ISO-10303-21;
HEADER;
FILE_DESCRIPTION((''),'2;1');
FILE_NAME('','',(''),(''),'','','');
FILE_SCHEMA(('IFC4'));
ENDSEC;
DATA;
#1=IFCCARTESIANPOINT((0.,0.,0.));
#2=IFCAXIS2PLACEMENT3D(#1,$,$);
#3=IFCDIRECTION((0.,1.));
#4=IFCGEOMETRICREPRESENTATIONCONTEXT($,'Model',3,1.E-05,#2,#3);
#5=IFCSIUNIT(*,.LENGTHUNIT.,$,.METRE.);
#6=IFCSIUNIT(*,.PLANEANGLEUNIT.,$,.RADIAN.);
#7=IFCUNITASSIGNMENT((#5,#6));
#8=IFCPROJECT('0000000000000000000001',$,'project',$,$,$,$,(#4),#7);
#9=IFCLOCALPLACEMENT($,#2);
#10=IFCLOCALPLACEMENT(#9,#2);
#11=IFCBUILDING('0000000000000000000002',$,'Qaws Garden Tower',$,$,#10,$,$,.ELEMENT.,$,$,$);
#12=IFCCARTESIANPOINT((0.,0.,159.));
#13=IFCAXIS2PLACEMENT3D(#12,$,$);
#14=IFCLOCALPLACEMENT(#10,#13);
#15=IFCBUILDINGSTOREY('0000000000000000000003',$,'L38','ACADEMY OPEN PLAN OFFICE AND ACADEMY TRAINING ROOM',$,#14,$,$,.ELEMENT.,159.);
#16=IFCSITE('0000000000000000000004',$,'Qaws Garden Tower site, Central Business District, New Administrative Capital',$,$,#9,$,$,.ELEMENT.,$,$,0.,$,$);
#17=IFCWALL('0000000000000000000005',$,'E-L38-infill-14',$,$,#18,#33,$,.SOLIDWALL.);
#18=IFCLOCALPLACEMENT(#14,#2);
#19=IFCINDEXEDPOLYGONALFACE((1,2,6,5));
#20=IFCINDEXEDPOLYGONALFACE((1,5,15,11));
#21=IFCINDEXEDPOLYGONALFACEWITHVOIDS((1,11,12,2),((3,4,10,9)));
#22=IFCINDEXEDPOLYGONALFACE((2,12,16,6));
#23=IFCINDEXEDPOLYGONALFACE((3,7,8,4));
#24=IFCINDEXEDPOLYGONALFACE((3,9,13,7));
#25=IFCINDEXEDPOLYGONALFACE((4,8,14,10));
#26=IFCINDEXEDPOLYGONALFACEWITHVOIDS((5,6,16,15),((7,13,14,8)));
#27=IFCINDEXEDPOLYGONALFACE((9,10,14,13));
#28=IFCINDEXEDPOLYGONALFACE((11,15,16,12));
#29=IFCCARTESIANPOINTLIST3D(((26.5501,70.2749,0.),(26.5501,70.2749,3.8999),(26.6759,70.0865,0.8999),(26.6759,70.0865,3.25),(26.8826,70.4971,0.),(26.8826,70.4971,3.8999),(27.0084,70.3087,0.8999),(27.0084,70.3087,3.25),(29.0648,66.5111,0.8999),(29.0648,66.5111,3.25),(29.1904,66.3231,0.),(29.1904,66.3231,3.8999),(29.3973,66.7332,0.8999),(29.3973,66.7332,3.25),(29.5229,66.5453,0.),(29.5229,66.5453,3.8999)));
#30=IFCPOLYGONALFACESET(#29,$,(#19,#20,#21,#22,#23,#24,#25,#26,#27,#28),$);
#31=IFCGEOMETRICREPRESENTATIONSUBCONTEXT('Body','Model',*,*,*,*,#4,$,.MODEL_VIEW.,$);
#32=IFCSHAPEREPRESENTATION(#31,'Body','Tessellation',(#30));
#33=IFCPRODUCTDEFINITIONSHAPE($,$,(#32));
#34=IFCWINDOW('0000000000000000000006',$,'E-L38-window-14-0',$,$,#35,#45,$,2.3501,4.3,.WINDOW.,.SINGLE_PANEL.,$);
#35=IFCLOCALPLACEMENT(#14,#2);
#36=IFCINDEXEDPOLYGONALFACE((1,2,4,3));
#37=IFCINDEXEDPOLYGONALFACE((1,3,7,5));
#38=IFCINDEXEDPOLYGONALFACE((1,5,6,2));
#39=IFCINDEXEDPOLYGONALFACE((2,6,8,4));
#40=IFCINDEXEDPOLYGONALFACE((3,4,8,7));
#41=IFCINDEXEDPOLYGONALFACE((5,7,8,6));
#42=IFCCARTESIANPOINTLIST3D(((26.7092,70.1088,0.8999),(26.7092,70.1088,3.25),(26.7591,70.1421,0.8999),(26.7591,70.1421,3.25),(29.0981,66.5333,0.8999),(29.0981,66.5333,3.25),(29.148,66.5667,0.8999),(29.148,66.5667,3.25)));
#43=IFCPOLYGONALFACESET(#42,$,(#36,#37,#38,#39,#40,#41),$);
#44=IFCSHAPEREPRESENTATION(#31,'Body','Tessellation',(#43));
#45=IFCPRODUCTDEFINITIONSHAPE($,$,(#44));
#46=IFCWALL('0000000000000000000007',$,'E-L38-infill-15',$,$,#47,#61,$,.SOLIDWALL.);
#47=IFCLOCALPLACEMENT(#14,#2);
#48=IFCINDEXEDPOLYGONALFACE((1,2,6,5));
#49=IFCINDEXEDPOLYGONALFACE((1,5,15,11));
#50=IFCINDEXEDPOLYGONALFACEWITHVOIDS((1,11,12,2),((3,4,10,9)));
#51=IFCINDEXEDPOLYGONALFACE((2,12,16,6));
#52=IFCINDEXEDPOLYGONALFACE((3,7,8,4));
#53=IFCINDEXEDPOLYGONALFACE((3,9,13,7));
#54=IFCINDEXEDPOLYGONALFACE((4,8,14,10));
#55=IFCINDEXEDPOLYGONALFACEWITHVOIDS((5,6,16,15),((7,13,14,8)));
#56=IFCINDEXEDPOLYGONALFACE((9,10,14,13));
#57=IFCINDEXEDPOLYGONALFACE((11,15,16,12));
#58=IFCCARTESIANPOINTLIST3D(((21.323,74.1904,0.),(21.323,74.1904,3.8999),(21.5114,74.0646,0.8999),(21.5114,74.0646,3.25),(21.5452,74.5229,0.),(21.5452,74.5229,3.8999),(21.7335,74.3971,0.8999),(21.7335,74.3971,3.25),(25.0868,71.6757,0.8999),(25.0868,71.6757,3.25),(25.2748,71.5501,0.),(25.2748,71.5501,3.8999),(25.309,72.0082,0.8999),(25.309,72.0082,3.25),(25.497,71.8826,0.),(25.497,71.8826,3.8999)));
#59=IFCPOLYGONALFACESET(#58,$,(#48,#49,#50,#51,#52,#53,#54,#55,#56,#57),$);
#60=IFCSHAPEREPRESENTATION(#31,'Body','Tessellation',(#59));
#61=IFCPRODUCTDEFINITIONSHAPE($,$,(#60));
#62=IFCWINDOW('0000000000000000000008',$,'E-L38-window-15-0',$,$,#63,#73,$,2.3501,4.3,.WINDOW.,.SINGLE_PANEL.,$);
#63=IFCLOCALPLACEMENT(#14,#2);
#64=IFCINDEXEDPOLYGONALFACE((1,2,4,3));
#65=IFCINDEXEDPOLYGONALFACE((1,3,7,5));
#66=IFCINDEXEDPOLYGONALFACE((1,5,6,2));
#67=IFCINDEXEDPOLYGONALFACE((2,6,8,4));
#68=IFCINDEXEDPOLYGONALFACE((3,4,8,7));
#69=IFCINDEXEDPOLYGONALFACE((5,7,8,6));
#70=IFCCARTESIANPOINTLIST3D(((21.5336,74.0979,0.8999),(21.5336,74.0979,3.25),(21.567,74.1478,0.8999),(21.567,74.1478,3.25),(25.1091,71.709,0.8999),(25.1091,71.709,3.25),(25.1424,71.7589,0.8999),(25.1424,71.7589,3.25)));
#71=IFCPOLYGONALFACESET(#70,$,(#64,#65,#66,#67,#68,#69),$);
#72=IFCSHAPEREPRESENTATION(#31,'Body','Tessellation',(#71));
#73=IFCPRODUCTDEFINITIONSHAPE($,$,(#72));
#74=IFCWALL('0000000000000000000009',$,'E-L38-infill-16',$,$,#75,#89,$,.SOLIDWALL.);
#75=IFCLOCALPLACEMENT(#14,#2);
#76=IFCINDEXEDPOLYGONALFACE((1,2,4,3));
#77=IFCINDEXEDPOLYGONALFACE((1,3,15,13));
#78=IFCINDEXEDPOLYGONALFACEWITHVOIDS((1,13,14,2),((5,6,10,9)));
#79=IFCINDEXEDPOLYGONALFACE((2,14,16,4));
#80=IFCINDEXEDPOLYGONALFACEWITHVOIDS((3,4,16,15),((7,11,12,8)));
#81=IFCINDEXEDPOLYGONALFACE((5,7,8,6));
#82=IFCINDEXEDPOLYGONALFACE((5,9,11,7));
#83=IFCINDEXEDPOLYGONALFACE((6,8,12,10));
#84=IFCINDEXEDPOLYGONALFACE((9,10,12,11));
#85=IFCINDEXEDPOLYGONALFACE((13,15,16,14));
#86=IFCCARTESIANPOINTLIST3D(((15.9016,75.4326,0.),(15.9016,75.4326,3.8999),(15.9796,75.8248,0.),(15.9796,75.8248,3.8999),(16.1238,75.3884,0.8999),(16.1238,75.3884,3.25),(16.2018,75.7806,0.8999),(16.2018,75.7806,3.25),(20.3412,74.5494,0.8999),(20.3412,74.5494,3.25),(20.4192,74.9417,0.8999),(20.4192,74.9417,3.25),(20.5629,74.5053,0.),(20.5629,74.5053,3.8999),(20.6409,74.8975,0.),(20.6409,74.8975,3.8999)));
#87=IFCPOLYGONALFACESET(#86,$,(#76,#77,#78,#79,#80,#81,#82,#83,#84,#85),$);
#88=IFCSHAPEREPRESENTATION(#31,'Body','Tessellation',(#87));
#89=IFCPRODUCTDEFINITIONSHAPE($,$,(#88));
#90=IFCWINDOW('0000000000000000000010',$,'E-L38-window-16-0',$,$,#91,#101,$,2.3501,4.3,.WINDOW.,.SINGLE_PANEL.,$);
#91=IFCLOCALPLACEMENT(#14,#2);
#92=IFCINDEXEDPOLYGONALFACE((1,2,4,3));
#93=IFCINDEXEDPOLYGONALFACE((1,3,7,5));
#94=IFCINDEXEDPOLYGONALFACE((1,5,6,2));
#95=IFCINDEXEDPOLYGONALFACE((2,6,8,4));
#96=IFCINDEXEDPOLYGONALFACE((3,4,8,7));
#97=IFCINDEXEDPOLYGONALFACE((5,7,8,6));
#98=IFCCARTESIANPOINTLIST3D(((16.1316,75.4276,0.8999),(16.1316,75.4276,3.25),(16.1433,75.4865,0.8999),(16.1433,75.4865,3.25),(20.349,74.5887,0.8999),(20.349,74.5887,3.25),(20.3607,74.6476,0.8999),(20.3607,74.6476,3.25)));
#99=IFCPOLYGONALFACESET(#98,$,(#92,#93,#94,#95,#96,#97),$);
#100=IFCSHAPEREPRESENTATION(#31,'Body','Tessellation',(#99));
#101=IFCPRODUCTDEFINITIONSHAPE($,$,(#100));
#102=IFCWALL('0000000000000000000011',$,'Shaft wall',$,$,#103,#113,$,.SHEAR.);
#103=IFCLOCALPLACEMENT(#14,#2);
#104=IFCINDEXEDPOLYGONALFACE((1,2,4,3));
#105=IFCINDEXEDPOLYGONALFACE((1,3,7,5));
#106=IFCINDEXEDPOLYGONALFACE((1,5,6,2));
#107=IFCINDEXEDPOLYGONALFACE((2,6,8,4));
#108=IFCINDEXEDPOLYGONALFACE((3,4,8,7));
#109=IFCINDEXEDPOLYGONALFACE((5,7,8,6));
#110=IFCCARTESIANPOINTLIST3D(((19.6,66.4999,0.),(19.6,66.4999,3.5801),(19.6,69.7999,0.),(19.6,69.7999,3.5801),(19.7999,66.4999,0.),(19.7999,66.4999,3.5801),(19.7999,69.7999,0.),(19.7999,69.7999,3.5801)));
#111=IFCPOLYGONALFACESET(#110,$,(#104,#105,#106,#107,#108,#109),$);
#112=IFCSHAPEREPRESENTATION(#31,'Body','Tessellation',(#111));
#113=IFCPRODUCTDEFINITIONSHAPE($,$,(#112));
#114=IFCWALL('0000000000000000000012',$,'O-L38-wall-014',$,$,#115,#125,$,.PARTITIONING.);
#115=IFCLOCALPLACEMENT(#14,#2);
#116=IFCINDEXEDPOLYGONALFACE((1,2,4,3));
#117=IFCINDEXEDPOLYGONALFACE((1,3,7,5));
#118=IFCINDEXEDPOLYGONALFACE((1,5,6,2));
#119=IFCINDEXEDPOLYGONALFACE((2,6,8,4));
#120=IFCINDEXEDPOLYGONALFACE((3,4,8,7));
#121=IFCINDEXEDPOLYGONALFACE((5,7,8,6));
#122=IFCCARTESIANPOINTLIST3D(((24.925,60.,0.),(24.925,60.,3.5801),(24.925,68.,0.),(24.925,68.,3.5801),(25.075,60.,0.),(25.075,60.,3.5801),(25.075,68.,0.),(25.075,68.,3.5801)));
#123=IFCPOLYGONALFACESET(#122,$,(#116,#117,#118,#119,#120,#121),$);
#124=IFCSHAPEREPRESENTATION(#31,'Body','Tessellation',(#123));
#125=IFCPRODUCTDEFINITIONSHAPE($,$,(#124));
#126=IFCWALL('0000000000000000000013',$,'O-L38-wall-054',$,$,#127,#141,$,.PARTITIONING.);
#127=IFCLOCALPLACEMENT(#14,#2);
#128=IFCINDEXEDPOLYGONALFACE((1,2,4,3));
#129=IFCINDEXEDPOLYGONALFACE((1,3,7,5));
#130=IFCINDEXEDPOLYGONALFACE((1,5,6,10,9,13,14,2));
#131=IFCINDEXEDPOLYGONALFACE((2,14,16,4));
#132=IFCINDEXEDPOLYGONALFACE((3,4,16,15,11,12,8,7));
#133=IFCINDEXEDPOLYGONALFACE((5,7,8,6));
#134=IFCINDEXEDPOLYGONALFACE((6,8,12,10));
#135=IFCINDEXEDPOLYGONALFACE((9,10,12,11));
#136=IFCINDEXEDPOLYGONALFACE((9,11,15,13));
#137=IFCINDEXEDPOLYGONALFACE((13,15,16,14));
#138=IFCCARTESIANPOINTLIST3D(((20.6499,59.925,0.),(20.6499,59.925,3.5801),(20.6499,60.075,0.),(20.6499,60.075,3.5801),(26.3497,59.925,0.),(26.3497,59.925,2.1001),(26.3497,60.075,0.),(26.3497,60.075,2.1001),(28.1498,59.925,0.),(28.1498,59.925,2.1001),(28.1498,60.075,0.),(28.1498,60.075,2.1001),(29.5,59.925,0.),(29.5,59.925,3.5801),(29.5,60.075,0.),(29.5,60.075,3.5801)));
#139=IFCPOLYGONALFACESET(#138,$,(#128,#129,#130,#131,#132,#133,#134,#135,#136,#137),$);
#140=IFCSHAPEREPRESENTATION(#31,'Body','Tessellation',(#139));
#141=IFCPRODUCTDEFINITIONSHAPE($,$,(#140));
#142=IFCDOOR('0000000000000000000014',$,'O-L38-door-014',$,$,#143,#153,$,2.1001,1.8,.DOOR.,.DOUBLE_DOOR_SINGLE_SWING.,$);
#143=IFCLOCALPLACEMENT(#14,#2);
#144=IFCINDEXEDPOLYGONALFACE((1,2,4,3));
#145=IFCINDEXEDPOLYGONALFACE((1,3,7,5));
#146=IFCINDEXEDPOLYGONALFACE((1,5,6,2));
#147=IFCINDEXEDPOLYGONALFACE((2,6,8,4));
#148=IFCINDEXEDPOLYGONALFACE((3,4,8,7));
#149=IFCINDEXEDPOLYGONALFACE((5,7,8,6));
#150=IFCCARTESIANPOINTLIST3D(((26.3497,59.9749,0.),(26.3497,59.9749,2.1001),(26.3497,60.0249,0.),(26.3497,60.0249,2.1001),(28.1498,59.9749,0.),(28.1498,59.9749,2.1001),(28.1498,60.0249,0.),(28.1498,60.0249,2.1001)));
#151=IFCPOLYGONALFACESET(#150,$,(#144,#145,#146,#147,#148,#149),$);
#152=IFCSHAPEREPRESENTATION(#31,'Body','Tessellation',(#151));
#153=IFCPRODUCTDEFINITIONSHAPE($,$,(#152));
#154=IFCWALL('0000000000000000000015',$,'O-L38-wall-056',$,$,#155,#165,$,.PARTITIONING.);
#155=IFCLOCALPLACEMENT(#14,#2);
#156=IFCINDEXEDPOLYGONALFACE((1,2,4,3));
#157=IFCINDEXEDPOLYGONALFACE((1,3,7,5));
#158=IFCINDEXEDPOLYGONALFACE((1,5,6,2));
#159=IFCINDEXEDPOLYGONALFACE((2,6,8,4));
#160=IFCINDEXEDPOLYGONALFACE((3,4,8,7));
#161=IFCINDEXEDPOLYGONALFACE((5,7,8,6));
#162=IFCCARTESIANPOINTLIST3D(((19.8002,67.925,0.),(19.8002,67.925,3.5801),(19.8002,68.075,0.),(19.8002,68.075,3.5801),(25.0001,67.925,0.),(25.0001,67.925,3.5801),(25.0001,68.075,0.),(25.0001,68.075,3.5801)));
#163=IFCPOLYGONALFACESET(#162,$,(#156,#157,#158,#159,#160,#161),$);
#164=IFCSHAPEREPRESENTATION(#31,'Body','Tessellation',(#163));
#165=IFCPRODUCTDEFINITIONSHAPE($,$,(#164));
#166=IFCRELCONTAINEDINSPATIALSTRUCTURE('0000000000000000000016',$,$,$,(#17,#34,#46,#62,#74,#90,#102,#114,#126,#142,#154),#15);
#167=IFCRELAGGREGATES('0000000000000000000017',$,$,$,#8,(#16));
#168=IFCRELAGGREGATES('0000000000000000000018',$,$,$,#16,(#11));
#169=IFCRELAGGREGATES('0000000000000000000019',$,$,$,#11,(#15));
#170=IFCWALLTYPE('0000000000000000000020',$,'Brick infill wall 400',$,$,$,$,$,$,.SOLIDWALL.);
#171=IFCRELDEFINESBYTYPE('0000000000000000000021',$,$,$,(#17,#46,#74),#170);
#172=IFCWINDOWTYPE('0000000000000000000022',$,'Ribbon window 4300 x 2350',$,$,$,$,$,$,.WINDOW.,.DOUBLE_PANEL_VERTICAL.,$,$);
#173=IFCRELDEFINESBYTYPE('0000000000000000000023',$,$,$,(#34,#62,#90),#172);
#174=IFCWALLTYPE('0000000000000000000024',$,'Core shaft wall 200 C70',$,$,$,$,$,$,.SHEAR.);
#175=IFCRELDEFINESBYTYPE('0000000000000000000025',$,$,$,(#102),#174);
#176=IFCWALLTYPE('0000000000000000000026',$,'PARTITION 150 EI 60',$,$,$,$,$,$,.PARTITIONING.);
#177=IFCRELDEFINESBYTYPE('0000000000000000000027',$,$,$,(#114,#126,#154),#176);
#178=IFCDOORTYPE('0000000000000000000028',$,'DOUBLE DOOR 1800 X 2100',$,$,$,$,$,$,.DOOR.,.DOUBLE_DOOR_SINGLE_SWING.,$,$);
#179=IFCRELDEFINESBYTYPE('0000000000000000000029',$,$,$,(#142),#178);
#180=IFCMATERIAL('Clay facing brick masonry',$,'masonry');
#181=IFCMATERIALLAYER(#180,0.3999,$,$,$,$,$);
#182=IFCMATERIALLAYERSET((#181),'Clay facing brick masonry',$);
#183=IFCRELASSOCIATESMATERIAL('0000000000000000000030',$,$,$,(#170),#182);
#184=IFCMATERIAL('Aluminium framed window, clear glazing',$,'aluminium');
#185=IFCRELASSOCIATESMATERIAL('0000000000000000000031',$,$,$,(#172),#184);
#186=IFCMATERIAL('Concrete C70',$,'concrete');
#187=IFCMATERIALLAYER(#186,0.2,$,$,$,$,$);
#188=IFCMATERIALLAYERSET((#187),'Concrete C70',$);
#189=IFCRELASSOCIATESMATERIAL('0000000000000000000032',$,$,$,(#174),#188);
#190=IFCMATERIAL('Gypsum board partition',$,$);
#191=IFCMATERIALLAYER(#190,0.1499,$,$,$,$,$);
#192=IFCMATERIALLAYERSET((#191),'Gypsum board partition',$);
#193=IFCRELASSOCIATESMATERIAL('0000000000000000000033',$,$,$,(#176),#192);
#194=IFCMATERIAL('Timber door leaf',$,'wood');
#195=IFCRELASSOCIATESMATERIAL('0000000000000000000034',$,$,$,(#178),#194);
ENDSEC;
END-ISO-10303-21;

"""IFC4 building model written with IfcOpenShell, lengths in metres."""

from ifc_helpers import new_model, si_unit, direction, frame, frame_2d, origin, place, context, subcontext, project, spatial, rectangle, extrude, material, layer, layer_set, type_object, element, fill, save


model = new_model("IFC4")

# Units and contexts
model_context = context("Model", 3, precision=1e-05, world=origin(), true_north=direction((0.0, 1.0)))
body_context = subcontext(model_context, "Body", "Model", "MODEL_VIEW")
ifc_project = project(units=[si_unit("LENGTHUNIT", "METRE"), si_unit("PLANEANGLEUNIT", "RADIAN")], contexts=[model_context])

# Site, building, storey
site_placement = place(None, origin())
site = spatial("IfcSite", under=ifc_project, at=site_placement, Name="Qaws Garden Tower site, Central Business District, New Administrative Capital", CompositionType="ELEMENT", RefElevation=0.0)
building_placement = place(site_placement, origin())
building = spatial("IfcBuilding", under=site, at=building_placement, Name="Qaws Garden Tower", CompositionType="ELEMENT")
storey_placement = place(building_placement, frame((0.0, 0.0, 159.0)))
storey = spatial("IfcBuildingStorey", under=building, at=storey_placement, Name="L38", Description="ACADEMY OPEN PLAN OFFICE AND ACADEMY TRAINING ROOM", CompositionType="ELEMENT", Elevation=159.0)

# Walls, openings, windows
ifc_material_1 = material(Name="Clay facing brick masonry", Category="masonry")
ifc_layer_1 = layer(ifc_material_1, 0.3999)
ifc_layer_set_1 = layer_set([ifc_layer_1], Name="Clay facing brick masonry")
wall_type_1 = type_object("IfcWallType", Name="Brick infill wall 400", PredefinedType="SOLIDWALL", material=ifc_layer_set_1)
ifc_material_2 = material(Name="Aluminium framed window, clear glazing", Category="aluminium")
window_type = type_object("IfcWindowType", Name="Ribbon window 4300 x 2350", PartitioningType="DOUBLE_PANEL_VERTICAL", PredefinedType="WINDOW", material=ifc_material_2)
wall_1_placement = place(storey_placement, frame((29.3567, 66.4341, 0.0), z_axis=(0.0, 0.0, 1.0), x_axis=(-0.555542, 0.831489, 0.0)))
wall_1 = element("IfcWall", 1, at=wall_1_placement, inside=storey, type_object=wall_type_1, Name="E-L38-infill-14", PredefinedType="SOLIDWALL", context=body_context, shape_type="SweptSolid", body=[
    extrude(rectangle(XDim=4.7527, YDim=0.3999, at=frame_2d((2.3765, 0.0))), origin(), (0.0, 0.0, 1.0), 3.8999),
])
opening_1_placement = place(wall_1_placement, frame((0.2263, 0.0, 0.8999)))
opening_1 = element("IfcOpeningElement", 2, at=opening_1_placement, cuts=wall_1, PredefinedType="OPENING", context=body_context, shape_type="SweptSolid", body=[
    extrude(rectangle(XDim=4.3, YDim=2.3501, at=frame_2d((2.1499, 1.175))), frame((0.0, 0.21, 0.0), z_axis=(0.0, -1.0, 0.0), x_axis=(1.0, 0.0, 0.0)), (0.0, 0.0, 1.0), 0.4199),
])
window_1_placement = place(opening_1_placement, origin())
window_1 = element("IfcWindow", 3, at=window_1_placement, inside=storey, type_object=window_type, Name="E-L38-window-14-0", OverallHeight=2.3501, OverallWidth=4.3, PartitioningType="SINGLE_PANEL", PredefinedType="WINDOW", context=body_context, shape_type="SweptSolid", body=[
    extrude(rectangle(XDim=4.3, YDim=2.3501, at=frame_2d((2.1499, 1.175))), frame((0.0, 0.1599, 0.0), z_axis=(0.0, -1.0, 0.0), x_axis=(1.0, 0.0, 0.0)), (0.0, 0.0, 1.0), 0.0601),
])
fill(opening_1, window_1)
wall_2_placement = place(storey_placement, frame((25.386, 71.7163, 0.0), z_axis=(0.0, 0.0, 1.0), x_axis=(-0.831489, 0.555542, 0.0)))
wall_2 = element("IfcWall", 4, at=wall_2_placement, inside=storey, type_object=wall_type_1, Name="E-L38-infill-15", PredefinedType="SOLIDWALL", context=body_context, shape_type="SweptSolid", body=[
    extrude(rectangle(XDim=4.7527, YDim=0.3999, at=frame_2d((2.3765, 0.0))), origin(), (0.0, 0.0, 1.0), 3.8999),
])
opening_2_placement = place(wall_2_placement, frame((0.2263, 0.0, 0.8999)))
opening_2 = element("IfcOpeningElement", 5, at=opening_2_placement, cuts=wall_2, PredefinedType="OPENING", context=body_context, shape_type="SweptSolid", body=[
    extrude(rectangle(XDim=4.3, YDim=2.3501, at=frame_2d((2.1499, 1.175))), frame((0.0, 0.21, 0.0), z_axis=(0.0, -1.0, 0.0), x_axis=(1.0, 0.0, 0.0)), (0.0, 0.0, 1.0), 0.4199),
])
window_2_placement = place(opening_2_placement, origin())
window_2 = element("IfcWindow", 6, at=window_2_placement, inside=storey, type_object=window_type, Name="E-L38-window-15-0", OverallHeight=2.3501, OverallWidth=4.3, PartitioningType="SINGLE_PANEL", PredefinedType="WINDOW", context=body_context, shape_type="SweptSolid", body=[
    extrude(rectangle(XDim=4.3, YDim=2.3501, at=frame_2d((2.1499, 1.175))), frame((0.0, 0.1599, 0.0), z_axis=(0.0, -1.0, 0.0), x_axis=(1.0, 0.0, 0.0)), (0.0, 0.0, 1.0), 0.0601),
])
fill(opening_2, window_2)
wall_3_placement = place(storey_placement, frame((20.6021, 74.7014, 0.0), z_axis=(0.0, 0.0, 1.0), x_axis=(-0.980784, 0.195099, 0.0)))
wall_3 = element("IfcWall", 7, at=wall_3_placement, inside=storey, type_object=wall_type_1, Name="E-L38-infill-16", PredefinedType="SOLIDWALL", context=body_context, shape_type="SweptSolid", body=[
    extrude(rectangle(XDim=4.7527, YDim=0.3999, at=frame_2d((2.3765, 0.0))), origin(), (0.0, 0.0, 1.0), 3.8999),
])
opening_3_placement = place(wall_3_placement, frame((0.2263, 0.0, 0.8999)))
opening_3 = element("IfcOpeningElement", 8, at=opening_3_placement, cuts=wall_3, PredefinedType="OPENING", context=body_context, shape_type="SweptSolid", body=[
    extrude(rectangle(XDim=4.3, YDim=2.3501, at=frame_2d((2.1499, 1.175))), frame((0.0, 0.21, 0.0), z_axis=(0.0, -1.0, 0.0), x_axis=(1.0, 0.0, 0.0)), (0.0, 0.0, 1.0), 0.4199),
])
window_3_placement = place(opening_3_placement, origin())
window_3 = element("IfcWindow", 9, at=window_3_placement, inside=storey, type_object=window_type, Name="E-L38-window-16-0", OverallHeight=2.3501, OverallWidth=4.3, PartitioningType="SINGLE_PANEL", PredefinedType="WINDOW", context=body_context, shape_type="SweptSolid", body=[
    extrude(rectangle(XDim=4.3, YDim=2.3501, at=frame_2d((2.1499, 1.175))), frame((0.0, 0.1599, 0.0), z_axis=(0.0, -1.0, 0.0), x_axis=(1.0, 0.0, 0.0)), (0.0, 0.0, 1.0), 0.0601),
])
fill(opening_3, window_3)

# Walls
ifc_material_3 = material(Name="Concrete C70", Category="concrete")
ifc_layer_2 = layer(ifc_material_3, 0.2)
ifc_layer_set_2 = layer_set([ifc_layer_2], Name="Concrete C70")
wall_type_2 = type_object("IfcWallType", Name="Core shaft wall 200 C70", PredefinedType="SHEAR", material=ifc_layer_set_2)
wall_4_placement = place(storey_placement, frame((19.7, 66.5, 0.0), z_axis=(0.0, 0.0, 1.0), x_axis=(0.0, 1.0, 0.0)))
element("IfcWall", 10, at=wall_4_placement, inside=storey, type_object=wall_type_2, Name="Shaft wall", PredefinedType="SHEAR", context=body_context, shape_type="SweptSolid", body=[
    extrude(rectangle(XDim=3.3, YDim=0.2, at=frame_2d((1.6499, 0.0))), origin(), (0.0, 0.0, 1.0), 3.5801),
])
ifc_material_4 = material(Name="Gypsum board partition")
ifc_layer_3 = layer(ifc_material_4, 0.1499)
ifc_layer_set_3 = layer_set([ifc_layer_3], Name="Gypsum board partition")
wall_type_3 = type_object("IfcWallType", Name="PARTITION 150 EI 60", PredefinedType="PARTITIONING", material=ifc_layer_set_3)
wall_5_placement = place(storey_placement, frame((25.0, 60.0, 0.0), z_axis=(0.0, 0.0, 1.0), x_axis=(0.0, 1.0, 0.0)))
element("IfcWall", 11, at=wall_5_placement, inside=storey, type_object=wall_type_3, Name="O-L38-wall-014", PredefinedType="PARTITIONING", context=body_context, shape_type="SweptSolid", body=[
    extrude(rectangle(XDim=8.0, YDim=0.1499, at=frame_2d((4.0, 0.0))), origin(), (0.0, 0.0, 1.0), 3.5801),
])

# Wall, opening, door
wall_6_placement = place(storey_placement, frame((20.6499, 60.0, 0.0), z_axis=(0.0, 0.0, 1.0), x_axis=(1.0, 0.0, 0.0)))
wall_6 = element("IfcWall", 12, at=wall_6_placement, inside=storey, type_object=wall_type_3, Name="O-L38-wall-054", PredefinedType="PARTITIONING", context=body_context, shape_type="SweptSolid", body=[
    extrude(rectangle(XDim=8.8501, YDim=0.1499, at=frame_2d((4.425, 0.0))), origin(), (0.0, 0.0, 1.0), 3.5801),
])
opening_4_placement = place(wall_6_placement, frame((5.7, 0.0, 0.0)))
opening_4 = element("IfcOpeningElement", 13, at=opening_4_placement, cuts=wall_6, PredefinedType="OPENING", context=body_context, shape_type="SweptSolid", body=[
    extrude(rectangle(XDim=1.8, YDim=2.1001, at=frame_2d((0.8999, 1.05))), frame((0.0, 0.085, 0.0), z_axis=(0.0, -1.0, 0.0), x_axis=(1.0, 0.0, 0.0)), (0.0, 0.0, 1.0), 0.1699),
])
ifc_material_5 = material(Name="Timber door leaf", Category="wood")
door_type = type_object("IfcDoorType", Name="DOUBLE DOOR 1800 X 2100", OperationType="DOUBLE_DOOR_SINGLE_SWING", PredefinedType="DOOR", material=ifc_material_5)
door_placement = place(opening_4_placement, origin())
door = element("IfcDoor", 14, at=door_placement, inside=storey, type_object=door_type, Name="O-L38-door-014", OperationType="DOUBLE_DOOR_SINGLE_SWING", OverallHeight=2.1001, OverallWidth=1.8, PredefinedType="DOOR", context=body_context, shape_type="SweptSolid", body=[
    extrude(rectangle(XDim=1.8, YDim=2.1001, at=frame_2d((0.8999, 1.05))), frame((0.0, 0.0249, 0.0), z_axis=(0.0, -1.0, 0.0), x_axis=(1.0, 0.0, 0.0)), (0.0, 0.0, 1.0), 0.05),
])
fill(opening_4, door)

# Wall
wall_7_placement = place(storey_placement, frame((19.8, 68.0, 0.0), z_axis=(0.0, 0.0, 1.0), x_axis=(1.0, 0.0, 0.0)))
element("IfcWall", 15, at=wall_7_placement, inside=storey, type_object=wall_type_3, Name="O-L38-wall-056", PredefinedType="PARTITIONING", context=body_context, shape_type="SweptSolid", body=[
    extrude(rectangle(XDim=5.2, YDim=0.1499, at=frame_2d((2.6001, 0.0))), origin(), (0.0, 0.0, 1.0), 3.5801),
])

save(model, "model.ifc")
